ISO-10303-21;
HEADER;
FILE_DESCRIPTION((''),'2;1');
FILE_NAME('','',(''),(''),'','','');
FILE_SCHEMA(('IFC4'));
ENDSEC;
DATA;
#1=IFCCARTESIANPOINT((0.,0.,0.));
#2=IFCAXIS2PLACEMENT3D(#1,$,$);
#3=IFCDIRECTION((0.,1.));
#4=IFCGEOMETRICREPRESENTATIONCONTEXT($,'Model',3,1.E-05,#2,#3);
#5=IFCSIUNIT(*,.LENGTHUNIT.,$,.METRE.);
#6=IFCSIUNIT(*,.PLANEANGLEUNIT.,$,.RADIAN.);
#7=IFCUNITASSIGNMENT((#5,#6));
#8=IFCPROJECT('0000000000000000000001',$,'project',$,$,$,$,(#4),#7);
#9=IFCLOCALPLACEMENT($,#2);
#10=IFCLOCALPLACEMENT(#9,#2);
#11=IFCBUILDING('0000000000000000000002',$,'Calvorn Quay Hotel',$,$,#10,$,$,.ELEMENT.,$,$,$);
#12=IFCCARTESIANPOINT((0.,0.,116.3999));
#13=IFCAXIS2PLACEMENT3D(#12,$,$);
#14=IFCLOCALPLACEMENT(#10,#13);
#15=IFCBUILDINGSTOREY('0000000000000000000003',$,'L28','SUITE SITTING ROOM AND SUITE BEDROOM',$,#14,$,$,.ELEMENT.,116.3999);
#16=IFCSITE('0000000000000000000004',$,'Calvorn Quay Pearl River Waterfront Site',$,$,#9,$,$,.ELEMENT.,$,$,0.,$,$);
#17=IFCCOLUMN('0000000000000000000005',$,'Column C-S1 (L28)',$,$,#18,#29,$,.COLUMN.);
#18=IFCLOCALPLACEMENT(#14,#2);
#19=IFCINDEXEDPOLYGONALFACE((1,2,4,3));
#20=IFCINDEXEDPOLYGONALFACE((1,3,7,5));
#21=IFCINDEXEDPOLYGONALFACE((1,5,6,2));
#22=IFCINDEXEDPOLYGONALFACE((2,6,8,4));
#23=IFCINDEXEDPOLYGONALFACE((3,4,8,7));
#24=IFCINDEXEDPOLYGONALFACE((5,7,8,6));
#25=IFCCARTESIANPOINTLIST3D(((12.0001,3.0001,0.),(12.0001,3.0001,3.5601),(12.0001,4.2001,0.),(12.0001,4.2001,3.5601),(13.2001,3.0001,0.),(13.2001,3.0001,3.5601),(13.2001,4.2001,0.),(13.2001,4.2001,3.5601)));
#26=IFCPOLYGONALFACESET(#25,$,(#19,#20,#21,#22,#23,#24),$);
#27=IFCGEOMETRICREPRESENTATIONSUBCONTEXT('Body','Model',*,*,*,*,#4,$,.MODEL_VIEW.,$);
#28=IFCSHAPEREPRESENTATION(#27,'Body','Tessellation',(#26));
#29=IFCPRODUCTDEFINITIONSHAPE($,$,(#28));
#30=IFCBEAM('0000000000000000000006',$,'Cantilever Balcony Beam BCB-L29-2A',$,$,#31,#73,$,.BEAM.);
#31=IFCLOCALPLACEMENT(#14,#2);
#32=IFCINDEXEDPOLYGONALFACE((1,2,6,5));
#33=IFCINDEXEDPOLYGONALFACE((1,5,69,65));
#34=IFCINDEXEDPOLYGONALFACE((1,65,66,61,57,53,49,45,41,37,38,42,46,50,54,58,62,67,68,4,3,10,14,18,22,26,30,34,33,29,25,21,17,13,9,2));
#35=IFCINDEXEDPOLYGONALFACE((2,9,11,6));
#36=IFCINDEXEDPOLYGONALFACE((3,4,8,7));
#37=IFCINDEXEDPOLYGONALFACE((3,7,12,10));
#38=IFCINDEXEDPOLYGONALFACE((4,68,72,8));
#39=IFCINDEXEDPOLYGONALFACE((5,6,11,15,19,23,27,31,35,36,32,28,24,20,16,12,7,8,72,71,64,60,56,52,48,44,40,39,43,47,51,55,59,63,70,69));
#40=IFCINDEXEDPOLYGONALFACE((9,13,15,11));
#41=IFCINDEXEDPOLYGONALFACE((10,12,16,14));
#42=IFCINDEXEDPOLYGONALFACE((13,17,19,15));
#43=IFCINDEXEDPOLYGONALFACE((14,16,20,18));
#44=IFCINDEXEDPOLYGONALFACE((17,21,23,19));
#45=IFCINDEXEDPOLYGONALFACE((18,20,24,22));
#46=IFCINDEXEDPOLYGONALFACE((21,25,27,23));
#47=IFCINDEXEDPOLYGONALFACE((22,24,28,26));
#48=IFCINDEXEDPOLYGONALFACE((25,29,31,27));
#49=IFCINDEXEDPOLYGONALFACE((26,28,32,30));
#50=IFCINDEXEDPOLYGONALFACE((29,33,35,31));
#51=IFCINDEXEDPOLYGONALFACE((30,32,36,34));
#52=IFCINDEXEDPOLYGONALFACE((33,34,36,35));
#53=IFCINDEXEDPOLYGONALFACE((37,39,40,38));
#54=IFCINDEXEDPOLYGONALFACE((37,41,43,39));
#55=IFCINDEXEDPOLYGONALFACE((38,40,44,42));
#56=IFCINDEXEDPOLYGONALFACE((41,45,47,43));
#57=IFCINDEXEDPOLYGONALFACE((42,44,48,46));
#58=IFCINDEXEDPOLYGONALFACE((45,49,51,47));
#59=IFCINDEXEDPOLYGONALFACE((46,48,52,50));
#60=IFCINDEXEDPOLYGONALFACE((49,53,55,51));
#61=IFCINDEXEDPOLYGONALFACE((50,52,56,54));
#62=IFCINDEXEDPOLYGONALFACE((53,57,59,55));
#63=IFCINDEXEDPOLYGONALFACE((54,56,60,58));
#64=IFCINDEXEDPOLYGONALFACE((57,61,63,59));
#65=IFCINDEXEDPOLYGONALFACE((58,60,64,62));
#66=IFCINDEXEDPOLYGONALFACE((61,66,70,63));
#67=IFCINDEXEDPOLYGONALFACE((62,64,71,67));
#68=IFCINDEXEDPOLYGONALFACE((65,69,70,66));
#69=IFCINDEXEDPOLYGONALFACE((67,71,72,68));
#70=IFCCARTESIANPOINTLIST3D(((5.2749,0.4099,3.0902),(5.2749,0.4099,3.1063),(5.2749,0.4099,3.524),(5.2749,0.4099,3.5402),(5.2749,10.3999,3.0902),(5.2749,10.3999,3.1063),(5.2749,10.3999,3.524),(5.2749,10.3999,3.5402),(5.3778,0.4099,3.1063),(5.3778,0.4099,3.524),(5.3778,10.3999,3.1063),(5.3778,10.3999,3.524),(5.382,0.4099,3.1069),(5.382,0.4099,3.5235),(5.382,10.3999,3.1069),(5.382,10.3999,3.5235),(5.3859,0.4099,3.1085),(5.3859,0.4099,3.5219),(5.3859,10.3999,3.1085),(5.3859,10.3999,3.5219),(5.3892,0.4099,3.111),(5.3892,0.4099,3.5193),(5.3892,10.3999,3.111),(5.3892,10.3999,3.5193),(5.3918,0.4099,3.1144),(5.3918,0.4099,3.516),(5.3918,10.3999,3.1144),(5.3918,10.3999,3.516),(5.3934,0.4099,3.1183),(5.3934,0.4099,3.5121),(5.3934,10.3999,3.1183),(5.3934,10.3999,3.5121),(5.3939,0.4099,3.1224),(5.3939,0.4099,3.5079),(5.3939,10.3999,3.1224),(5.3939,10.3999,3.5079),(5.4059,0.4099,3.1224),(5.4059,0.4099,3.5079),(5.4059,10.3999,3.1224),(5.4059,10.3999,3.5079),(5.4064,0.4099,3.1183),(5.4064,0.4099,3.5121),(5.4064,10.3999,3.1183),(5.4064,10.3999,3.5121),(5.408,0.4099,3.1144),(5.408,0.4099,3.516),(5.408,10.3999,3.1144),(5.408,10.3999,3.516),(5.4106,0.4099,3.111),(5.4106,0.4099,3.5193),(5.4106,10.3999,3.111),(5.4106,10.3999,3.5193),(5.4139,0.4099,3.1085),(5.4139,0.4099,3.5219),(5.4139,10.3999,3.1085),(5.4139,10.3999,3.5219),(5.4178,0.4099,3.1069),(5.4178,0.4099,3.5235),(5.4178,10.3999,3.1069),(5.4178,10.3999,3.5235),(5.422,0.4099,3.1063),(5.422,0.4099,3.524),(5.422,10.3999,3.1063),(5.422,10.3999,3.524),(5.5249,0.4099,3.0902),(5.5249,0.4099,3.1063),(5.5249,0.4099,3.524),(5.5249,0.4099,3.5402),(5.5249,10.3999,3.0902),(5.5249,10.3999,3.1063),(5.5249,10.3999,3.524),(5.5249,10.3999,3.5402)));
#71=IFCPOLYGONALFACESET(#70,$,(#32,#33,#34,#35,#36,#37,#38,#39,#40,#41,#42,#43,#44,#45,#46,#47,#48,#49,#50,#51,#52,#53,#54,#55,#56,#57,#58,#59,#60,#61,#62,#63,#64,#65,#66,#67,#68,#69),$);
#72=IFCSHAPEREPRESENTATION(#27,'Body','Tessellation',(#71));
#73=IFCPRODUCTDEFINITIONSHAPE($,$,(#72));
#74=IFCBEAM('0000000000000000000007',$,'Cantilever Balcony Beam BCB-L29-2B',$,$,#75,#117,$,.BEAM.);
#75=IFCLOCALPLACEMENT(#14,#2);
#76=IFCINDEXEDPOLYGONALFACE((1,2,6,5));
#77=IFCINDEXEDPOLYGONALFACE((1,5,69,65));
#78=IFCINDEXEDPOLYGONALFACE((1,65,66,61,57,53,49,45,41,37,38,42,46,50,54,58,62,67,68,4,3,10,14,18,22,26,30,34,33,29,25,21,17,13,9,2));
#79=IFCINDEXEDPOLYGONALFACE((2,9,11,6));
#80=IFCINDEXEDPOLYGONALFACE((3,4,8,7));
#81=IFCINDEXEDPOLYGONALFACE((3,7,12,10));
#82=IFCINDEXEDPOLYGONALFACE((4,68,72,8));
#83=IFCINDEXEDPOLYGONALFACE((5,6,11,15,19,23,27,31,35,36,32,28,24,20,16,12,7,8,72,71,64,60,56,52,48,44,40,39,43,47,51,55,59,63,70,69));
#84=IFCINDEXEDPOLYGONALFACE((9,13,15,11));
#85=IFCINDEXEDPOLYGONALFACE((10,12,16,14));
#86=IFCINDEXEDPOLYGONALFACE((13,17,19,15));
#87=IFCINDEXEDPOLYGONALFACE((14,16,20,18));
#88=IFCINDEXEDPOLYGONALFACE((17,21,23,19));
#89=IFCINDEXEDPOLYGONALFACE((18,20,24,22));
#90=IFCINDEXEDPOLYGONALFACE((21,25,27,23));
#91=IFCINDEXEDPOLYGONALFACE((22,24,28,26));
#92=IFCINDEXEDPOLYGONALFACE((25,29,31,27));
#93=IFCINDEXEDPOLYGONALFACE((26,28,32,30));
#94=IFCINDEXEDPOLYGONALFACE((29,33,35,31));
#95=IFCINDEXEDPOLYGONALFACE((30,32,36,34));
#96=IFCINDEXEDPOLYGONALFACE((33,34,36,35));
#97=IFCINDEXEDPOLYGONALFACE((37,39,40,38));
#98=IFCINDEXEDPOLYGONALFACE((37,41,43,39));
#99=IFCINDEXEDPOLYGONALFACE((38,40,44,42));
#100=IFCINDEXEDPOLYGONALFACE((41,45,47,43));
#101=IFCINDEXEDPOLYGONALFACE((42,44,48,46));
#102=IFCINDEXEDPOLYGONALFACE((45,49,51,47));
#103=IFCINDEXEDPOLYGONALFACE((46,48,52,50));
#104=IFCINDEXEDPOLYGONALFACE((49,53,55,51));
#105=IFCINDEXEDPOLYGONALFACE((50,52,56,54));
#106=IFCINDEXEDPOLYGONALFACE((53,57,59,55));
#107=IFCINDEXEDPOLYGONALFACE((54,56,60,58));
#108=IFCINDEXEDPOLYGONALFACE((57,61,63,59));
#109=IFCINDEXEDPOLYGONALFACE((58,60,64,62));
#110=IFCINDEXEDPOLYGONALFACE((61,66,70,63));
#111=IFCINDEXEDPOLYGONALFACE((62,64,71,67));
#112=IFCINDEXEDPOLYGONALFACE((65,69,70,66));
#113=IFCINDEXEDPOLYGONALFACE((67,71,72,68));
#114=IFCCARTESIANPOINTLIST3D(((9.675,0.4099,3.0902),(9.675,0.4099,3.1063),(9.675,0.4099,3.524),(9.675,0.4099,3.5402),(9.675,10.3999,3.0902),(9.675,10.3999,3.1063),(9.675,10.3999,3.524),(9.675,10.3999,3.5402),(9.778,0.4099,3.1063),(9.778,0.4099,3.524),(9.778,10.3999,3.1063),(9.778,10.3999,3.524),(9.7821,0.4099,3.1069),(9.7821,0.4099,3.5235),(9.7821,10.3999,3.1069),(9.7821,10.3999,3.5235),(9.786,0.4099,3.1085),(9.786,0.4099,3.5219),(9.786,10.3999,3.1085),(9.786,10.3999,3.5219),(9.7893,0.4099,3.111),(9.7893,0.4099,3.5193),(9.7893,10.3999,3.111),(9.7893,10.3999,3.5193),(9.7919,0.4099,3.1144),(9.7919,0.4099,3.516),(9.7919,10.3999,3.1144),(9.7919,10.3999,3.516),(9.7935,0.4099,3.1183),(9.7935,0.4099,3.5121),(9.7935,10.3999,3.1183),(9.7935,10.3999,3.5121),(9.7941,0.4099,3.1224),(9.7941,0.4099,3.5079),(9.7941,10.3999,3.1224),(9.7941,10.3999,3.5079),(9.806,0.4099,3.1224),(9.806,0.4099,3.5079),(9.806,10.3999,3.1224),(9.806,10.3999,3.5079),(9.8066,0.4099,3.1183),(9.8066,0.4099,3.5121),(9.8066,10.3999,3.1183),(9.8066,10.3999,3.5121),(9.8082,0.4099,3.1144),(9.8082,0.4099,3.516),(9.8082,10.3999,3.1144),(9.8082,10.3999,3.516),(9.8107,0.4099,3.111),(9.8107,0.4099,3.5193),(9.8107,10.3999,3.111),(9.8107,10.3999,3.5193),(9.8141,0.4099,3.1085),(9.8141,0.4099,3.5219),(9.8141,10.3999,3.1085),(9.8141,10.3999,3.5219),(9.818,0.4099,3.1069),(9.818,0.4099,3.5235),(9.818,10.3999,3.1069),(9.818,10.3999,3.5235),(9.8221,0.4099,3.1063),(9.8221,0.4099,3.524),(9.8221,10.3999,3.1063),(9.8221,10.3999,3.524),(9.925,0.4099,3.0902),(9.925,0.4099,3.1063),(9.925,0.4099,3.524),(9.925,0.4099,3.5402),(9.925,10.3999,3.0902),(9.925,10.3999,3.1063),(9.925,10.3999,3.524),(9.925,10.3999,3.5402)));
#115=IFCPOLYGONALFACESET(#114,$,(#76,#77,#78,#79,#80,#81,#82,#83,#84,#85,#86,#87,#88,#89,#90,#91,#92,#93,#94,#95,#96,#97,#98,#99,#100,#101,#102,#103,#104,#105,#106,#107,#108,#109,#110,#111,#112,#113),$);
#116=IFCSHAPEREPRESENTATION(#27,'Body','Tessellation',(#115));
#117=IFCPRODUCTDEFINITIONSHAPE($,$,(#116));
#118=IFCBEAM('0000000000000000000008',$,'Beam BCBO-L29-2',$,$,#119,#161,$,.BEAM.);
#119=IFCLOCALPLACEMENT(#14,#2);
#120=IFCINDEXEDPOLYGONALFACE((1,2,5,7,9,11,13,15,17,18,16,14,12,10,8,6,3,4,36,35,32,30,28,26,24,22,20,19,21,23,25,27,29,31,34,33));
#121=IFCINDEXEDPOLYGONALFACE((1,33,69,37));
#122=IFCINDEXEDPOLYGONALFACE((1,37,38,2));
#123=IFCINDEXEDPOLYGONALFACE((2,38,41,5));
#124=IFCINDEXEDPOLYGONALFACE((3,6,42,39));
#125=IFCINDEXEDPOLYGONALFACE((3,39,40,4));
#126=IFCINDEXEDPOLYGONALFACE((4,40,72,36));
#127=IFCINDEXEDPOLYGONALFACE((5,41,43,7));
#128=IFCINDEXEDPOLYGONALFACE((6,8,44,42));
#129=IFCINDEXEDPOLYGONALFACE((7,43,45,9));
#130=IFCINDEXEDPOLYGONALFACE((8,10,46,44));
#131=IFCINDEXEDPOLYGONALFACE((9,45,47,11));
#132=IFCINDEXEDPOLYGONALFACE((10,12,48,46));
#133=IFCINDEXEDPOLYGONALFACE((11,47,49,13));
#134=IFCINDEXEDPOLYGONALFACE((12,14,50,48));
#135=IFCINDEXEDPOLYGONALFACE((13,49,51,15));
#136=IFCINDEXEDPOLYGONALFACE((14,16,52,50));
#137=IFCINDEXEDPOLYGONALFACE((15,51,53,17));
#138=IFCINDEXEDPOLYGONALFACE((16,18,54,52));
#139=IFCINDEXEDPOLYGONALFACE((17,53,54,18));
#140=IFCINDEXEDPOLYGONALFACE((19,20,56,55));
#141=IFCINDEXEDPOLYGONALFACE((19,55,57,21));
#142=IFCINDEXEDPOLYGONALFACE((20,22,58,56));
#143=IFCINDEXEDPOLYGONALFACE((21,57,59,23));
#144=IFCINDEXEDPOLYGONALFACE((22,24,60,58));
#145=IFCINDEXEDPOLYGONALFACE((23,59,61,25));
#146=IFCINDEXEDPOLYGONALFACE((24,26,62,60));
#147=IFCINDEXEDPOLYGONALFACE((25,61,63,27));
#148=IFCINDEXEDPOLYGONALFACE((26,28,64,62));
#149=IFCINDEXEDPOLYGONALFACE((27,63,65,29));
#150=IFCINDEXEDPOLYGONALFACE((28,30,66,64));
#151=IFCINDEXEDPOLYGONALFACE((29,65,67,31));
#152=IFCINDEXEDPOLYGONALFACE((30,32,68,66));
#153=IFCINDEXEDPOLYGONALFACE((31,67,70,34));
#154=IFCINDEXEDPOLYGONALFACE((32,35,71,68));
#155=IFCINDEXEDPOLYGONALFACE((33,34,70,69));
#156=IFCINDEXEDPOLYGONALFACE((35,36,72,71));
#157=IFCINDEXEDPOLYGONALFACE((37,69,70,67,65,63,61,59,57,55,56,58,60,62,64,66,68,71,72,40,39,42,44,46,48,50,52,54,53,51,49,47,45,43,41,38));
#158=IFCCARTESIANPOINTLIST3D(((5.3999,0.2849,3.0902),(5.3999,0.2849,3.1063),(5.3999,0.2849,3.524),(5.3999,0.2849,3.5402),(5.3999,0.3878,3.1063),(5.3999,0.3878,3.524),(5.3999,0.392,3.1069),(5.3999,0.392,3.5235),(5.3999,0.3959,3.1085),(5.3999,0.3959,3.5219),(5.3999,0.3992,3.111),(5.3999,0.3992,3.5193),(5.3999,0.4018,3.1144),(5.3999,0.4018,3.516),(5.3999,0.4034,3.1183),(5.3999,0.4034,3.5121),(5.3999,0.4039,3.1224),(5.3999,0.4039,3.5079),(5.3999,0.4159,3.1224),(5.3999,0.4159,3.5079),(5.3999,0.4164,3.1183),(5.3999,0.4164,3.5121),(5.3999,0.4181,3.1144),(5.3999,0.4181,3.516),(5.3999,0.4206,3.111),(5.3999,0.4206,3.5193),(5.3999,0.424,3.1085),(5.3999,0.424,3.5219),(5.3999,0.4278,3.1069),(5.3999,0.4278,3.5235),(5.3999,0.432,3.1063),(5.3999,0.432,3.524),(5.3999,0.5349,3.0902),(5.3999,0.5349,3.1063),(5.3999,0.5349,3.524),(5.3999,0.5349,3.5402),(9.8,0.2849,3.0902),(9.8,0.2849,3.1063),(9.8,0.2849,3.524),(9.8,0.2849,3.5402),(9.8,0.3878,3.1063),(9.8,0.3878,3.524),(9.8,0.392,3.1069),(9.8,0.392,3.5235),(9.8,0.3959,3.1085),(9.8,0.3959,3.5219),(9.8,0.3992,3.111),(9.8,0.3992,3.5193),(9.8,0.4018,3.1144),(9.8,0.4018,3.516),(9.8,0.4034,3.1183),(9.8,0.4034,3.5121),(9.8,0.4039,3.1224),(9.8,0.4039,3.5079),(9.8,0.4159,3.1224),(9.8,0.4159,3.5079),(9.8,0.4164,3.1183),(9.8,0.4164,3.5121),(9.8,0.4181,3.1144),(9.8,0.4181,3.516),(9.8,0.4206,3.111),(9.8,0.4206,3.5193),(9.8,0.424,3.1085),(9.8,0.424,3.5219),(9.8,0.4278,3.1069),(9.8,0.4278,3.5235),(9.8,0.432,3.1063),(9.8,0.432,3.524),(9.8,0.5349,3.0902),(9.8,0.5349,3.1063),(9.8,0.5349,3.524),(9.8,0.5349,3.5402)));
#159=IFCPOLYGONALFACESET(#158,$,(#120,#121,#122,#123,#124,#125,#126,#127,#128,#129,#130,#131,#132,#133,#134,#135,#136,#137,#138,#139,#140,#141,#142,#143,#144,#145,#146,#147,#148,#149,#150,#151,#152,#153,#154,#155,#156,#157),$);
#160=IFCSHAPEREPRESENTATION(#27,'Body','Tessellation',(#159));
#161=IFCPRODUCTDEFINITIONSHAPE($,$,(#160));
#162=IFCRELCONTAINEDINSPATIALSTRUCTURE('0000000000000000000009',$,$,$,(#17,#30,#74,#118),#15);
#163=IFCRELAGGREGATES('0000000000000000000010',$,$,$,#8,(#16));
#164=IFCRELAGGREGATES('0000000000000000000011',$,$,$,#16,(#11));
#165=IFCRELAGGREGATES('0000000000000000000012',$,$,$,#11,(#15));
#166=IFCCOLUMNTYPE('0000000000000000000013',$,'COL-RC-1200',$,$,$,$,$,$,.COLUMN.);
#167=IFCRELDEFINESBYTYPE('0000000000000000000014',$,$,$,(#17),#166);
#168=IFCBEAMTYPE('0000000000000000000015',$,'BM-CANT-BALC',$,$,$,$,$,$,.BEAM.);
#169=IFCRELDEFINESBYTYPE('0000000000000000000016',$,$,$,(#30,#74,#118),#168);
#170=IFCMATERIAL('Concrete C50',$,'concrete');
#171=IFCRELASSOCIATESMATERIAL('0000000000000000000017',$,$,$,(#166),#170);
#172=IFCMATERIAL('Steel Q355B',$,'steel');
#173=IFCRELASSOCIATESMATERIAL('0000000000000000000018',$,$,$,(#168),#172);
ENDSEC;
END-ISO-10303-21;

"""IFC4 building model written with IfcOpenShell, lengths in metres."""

from ifc_helpers import new_model, si_unit, direction, frame, origin, origin_2d, place, context, subcontext, project, spatial, rectangle, i_section, extrude, material, material_profile, profile_set, type_object, element, save


model = new_model("IFC4")

# Units and contexts
model_context = context("Model", 3, precision=1e-05, world=origin(), true_north=direction((0.0, 1.0)))
body_context = subcontext(model_context, "Body", "Model", "MODEL_VIEW")
ifc_project = project(units=[si_unit("LENGTHUNIT", "METRE"), si_unit("PLANEANGLEUNIT", "RADIAN")], contexts=[model_context])

# Site, building, storey
site_placement = place(None, origin())
site = spatial("IfcSite", under=ifc_project, at=site_placement, Name="Calvorn Quay Pearl River Waterfront Site", CompositionType="ELEMENT", RefElevation=0.0)
building_placement = place(site_placement, origin())
building = spatial("IfcBuilding", under=site, at=building_placement, Name="Calvorn Quay Hotel", CompositionType="ELEMENT")
storey_placement = place(building_placement, frame((0.0, 0.0, 116.3999)))
storey = spatial("IfcBuildingStorey", under=building, at=storey_placement, Name="L28", Description="SUITE SITTING ROOM AND SUITE BEDROOM", CompositionType="ELEMENT", Elevation=116.3999)

# Column
ifc_material_1 = material(Name="Concrete C50", Category="concrete")
ifc_material_profile_1 = material_profile(ifc_material_1, rectangle(XDim=1.2, YDim=1.2, at=origin_2d()), Name="RC1200x1200")
ifc_profile_set_1 = profile_set([ifc_material_profile_1], Name="Concrete C50")
column_type = type_object("IfcColumnType", Name="COL-RC-1200", PredefinedType="COLUMN", material=ifc_profile_set_1)
column_placement = place(storey_placement, frame((12.6001, 3.6001, 0.0), z_axis=(0.0, 0.0, 1.0), x_axis=(1.0, 0.0, 0.0)))
element("IfcColumn", 1, at=column_placement, inside=storey, type_object=column_type, Name="Column C-S1 (L28)", PredefinedType="COLUMN", context=body_context, shape_type="SweptSolid", body=[
    extrude(rectangle(XDim=1.2, YDim=1.2, at=origin_2d()), origin(), (0.0, 0.0, 1.0), 3.5601),
])

# Beams
ifc_material_2 = material(Name="Steel Q355B", Category="steel")
ifc_material_profile_2 = material_profile(ifc_material_2, i_section(OverallWidth=0.25, OverallDepth=0.45, WebThickness=0.012, FlangeThickness=0.0161, FilletRadius=0.0161, at=origin_2d()), Name="HN450x250x12x16")
ifc_profile_set_2 = profile_set([ifc_material_profile_2], Name="Steel Q355B")
beam_type_1 = type_object("IfcBeamType", Name="BM-CANT-BALC", PredefinedType="BEAM", material=ifc_profile_set_2)
for number, where, z_axis, x_axis, name in (
    (2, (5.3999, 10.3999, 3.3152), (0.0, -1.0, 0.0), (1.0, 0.0, 0.0), "Cantilever Balcony Beam BCB-L29-2A"),
    (3, (9.8, 10.3999, 3.3152), (0.0, -1.0, 0.0), (1.0, 0.0, 0.0), "Cantilever Balcony Beam BCB-L29-2B"),
):
    element("IfcBeam", number, at=place(storey_placement, frame(where, z_axis=z_axis, x_axis=x_axis)), inside=storey, type_object=beam_type_1, Name=name, PredefinedType="BEAM", context=body_context, shape_type="SweptSolid", body=[
        extrude(i_section(OverallWidth=0.25, OverallDepth=0.45, WebThickness=0.012, FlangeThickness=0.0161, FilletRadius=0.0161, at=origin_2d()), origin(), (0.0, 0.0, 1.0), 9.99),
    ])
beam_1_placement = place(storey_placement, frame((5.3999, 0.4099, 3.3152), z_axis=(1.0, 0.0, 0.0), x_axis=(0.0, 1.0, 0.0)))
element("IfcBeam", 4, at=beam_1_placement, inside=storey, type_object=beam_type_1, Name="Beam BCBO-L29-2", PredefinedType="BEAM", context=body_context, shape_type="SweptSolid", body=[
    extrude(i_section(OverallWidth=0.25, OverallDepth=0.45, WebThickness=0.012, FlangeThickness=0.0161, FilletRadius=0.0161, at=origin_2d()), origin(), (0.0, 0.0, 1.0), 4.4001),
])

save(model, "model.ifc")
